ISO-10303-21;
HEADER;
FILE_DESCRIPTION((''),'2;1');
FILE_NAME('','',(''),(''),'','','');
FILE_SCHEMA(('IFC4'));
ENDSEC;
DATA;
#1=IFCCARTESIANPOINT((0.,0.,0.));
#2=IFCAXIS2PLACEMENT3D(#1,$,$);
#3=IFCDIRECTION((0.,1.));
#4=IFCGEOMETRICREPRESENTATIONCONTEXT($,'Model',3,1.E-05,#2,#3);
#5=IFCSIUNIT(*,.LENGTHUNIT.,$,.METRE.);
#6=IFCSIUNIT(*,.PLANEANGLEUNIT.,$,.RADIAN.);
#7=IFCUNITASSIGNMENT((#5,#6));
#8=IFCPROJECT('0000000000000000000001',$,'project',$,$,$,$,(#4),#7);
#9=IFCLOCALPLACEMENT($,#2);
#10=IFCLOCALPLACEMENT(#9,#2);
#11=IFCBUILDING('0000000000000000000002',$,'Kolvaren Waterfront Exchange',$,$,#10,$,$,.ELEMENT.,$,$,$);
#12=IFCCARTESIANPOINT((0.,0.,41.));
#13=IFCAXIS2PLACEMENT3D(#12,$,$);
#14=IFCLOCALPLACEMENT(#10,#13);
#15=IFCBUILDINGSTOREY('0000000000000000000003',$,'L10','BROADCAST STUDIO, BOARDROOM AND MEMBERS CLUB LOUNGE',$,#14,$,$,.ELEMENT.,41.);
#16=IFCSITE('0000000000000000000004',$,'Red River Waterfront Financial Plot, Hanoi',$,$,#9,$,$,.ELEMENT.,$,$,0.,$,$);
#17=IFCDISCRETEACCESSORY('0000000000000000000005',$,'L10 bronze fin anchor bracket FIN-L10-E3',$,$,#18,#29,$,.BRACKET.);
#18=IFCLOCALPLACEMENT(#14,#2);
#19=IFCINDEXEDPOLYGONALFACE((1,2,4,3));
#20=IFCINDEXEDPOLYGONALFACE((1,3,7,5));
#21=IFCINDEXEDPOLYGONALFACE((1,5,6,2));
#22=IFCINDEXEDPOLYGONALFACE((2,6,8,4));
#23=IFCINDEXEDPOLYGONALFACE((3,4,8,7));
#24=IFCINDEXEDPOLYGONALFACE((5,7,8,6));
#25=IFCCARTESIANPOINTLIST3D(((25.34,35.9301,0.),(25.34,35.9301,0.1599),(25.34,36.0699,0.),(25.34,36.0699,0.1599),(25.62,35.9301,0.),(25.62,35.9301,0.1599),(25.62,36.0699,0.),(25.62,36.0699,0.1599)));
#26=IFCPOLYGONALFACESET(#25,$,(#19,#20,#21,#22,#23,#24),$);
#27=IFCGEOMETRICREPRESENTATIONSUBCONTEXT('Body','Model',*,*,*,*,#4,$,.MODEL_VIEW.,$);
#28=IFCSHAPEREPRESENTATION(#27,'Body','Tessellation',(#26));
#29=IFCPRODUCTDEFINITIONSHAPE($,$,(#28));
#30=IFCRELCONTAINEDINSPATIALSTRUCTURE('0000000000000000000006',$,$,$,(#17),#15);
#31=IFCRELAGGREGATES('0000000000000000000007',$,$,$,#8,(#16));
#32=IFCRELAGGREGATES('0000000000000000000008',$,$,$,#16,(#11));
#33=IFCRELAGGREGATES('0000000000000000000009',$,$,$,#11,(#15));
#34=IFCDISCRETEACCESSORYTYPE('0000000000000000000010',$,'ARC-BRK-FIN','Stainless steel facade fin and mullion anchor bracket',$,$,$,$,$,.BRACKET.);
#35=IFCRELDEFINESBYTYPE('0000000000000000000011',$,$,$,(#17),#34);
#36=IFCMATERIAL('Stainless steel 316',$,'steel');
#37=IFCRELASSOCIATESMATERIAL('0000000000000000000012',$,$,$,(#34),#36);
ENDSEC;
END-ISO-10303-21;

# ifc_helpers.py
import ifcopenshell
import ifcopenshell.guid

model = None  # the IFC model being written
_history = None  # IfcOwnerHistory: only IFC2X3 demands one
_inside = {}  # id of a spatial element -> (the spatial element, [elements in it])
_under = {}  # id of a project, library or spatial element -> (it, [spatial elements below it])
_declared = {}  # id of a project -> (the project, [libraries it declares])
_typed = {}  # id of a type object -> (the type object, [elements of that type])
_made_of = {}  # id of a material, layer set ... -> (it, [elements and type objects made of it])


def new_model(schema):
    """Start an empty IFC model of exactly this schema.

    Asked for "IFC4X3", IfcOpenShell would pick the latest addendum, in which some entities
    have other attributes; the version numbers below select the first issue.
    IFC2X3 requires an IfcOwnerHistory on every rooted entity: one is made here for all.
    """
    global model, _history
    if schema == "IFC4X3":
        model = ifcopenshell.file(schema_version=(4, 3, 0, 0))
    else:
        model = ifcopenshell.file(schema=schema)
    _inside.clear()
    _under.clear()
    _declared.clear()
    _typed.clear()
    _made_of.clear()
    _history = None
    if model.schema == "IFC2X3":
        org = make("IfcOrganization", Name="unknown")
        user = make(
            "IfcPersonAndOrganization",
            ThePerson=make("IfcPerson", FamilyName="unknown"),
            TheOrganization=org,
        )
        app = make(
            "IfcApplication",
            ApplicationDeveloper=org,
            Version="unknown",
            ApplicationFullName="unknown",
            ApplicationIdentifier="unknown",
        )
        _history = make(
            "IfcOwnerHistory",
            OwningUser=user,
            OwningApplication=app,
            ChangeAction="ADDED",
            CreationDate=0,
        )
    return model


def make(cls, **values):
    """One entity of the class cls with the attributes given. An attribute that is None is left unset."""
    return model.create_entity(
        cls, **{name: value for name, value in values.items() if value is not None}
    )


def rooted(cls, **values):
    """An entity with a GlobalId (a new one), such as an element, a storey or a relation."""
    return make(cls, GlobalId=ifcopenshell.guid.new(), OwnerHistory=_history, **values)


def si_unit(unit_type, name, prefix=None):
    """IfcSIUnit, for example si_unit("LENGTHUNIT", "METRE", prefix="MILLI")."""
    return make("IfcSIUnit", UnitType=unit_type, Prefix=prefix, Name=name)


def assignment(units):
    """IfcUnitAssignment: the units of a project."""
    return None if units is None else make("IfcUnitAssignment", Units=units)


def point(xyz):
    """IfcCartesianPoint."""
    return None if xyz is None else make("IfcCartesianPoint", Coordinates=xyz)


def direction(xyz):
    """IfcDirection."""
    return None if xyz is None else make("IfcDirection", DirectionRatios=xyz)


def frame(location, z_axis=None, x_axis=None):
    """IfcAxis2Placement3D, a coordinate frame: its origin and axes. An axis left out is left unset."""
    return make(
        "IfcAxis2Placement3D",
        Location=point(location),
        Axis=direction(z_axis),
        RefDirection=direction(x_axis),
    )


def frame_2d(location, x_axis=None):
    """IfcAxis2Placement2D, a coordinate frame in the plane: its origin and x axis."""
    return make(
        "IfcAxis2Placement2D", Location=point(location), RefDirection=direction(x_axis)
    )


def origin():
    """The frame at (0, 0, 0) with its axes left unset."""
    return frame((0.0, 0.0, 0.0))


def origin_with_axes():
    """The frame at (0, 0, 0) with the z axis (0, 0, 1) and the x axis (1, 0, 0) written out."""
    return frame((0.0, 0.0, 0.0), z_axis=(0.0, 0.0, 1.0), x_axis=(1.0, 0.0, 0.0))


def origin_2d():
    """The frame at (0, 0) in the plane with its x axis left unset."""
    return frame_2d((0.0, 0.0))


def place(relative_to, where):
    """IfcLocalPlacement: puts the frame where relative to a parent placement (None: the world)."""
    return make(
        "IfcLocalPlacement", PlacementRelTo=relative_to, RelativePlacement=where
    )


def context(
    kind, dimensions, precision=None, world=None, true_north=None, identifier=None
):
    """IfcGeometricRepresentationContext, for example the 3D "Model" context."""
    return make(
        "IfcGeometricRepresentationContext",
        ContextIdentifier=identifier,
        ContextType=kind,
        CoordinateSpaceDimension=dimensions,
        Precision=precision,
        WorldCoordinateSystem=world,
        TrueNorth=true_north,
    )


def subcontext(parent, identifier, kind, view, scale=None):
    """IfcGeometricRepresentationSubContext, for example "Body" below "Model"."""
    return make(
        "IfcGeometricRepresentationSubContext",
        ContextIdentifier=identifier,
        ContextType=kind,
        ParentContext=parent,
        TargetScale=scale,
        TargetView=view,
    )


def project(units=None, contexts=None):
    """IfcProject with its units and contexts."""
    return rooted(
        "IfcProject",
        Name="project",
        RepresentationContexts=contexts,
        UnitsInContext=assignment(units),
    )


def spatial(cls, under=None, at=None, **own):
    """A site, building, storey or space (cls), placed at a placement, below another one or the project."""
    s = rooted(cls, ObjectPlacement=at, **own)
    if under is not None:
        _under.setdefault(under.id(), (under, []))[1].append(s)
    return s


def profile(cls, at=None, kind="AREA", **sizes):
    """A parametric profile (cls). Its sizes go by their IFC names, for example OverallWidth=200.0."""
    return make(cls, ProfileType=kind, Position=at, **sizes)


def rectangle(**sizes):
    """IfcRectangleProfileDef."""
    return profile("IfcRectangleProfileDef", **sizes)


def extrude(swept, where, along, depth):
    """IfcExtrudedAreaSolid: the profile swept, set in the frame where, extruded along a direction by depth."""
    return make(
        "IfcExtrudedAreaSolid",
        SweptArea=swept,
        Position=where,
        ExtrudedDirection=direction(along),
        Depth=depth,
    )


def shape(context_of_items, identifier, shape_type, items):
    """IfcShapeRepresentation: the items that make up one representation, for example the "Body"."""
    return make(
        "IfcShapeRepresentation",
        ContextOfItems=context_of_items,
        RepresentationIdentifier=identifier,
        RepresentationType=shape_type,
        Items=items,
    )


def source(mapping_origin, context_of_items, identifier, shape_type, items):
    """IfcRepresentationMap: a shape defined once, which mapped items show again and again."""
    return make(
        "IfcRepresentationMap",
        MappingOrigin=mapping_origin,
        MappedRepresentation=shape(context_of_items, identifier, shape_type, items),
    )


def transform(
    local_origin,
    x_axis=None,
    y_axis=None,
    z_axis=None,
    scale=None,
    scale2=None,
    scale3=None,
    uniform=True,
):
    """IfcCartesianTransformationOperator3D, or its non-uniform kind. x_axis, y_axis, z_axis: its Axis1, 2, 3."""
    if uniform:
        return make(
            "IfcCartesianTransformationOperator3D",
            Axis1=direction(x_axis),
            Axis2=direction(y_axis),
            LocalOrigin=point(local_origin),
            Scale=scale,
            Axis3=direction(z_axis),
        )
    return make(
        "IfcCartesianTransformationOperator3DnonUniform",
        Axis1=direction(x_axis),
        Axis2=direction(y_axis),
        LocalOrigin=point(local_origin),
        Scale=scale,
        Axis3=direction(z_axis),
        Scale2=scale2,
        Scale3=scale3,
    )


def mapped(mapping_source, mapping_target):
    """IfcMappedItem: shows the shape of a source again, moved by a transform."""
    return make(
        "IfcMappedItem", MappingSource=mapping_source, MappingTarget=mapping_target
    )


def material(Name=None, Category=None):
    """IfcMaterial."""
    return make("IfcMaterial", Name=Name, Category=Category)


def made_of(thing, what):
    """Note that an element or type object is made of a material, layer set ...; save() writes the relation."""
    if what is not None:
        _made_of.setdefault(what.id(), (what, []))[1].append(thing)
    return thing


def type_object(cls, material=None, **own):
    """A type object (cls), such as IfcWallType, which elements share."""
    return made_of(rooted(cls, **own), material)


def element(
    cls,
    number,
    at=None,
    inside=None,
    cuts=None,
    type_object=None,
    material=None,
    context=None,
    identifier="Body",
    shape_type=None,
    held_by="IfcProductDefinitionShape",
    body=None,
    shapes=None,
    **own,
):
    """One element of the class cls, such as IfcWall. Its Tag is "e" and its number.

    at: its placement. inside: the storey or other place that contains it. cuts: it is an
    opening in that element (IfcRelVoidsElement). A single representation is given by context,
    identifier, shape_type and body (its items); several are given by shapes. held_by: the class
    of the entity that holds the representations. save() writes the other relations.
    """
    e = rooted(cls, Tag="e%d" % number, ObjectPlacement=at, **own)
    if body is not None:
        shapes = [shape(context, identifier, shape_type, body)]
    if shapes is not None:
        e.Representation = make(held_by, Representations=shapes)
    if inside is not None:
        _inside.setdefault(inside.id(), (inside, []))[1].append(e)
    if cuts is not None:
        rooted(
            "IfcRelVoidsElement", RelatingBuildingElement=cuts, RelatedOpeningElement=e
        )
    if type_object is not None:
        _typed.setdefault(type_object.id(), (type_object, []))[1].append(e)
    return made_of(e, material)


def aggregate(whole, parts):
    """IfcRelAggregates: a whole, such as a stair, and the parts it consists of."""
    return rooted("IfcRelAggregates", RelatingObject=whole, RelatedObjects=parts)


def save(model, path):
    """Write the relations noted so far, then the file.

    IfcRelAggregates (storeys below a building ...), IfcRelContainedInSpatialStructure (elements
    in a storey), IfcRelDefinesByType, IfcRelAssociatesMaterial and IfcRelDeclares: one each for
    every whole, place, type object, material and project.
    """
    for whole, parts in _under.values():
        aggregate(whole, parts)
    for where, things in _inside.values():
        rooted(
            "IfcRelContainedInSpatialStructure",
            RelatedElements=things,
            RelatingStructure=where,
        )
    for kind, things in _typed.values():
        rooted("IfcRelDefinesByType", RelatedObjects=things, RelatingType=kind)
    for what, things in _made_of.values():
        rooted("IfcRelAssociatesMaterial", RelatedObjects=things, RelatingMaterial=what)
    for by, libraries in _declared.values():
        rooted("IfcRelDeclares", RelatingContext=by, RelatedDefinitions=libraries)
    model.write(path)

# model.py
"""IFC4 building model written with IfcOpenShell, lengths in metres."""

from ifc_helpers import new_model, si_unit, direction, frame, origin, origin_with_axes, origin_2d, place, context, subcontext, project, spatial, rectangle, extrude, source, transform, mapped, material, type_object, element, save


model = new_model("IFC4")

# Units and contexts
model_context = context("Model", 3, precision=1e-05, world=origin(), true_north=direction((0.0, 1.0)))
body_context = subcontext(model_context, "Body", "Model", "MODEL_VIEW")
ifc_project = project(units=[si_unit("LENGTHUNIT", "METRE"), si_unit("PLANEANGLEUNIT", "RADIAN")], contexts=[model_context])

# Site, building, storey
site_placement = place(None, origin())
site = spatial("IfcSite", under=ifc_project, at=site_placement, Name="Red River Waterfront Financial Plot, Hanoi", CompositionType="ELEMENT", RefElevation=0.0)
building_placement = place(site_placement, origin())
building = spatial("IfcBuilding", under=site, at=building_placement, Name="Kolvaren Waterfront Exchange", CompositionType="ELEMENT")
storey_placement = place(building_placement, frame((0.0, 0.0, 41.0)))
storey = spatial("IfcBuildingStorey", under=building, at=storey_placement, Name="L10", Description="BROADCAST STUDIO, BOARDROOM AND MEMBERS CLUB LOUNGE", CompositionType="ELEMENT", Elevation=41.0)

# Discrete accessory
ifc_material_1 = material(Name="Stainless steel 316", Category="steel")
discrete_accessory_type = type_object("IfcDiscreteAccessoryType", Name="ARC-BRK-FIN", Description="Stainless steel facade fin and mullion anchor bracket", PredefinedType="BRACKET", material=ifc_material_1)
shared_shape_1 = source(origin_with_axes(), body_context, "Body", "SweptSolid", [
    extrude(rectangle(XDim=0.28, YDim=0.1399, at=origin_2d()), origin(), (0.0, 0.0, 1.0), 0.1599),
])
discrete_accessory_placement = place(storey_placement, frame((25.48, 36.0, 0.0), z_axis=(0.0, 0.0, 1.0), x_axis=(1.0, 0.0, 0.0)))
element("IfcDiscreteAccessory", 1, at=discrete_accessory_placement, inside=storey, type_object=discrete_accessory_type, Name="L10 bronze fin anchor bracket FIN-L10-E3", PredefinedType="BRACKET", context=body_context, shape_type="MappedRepresentation", body=[
    mapped(shared_shape_1, transform((0.0, 0.0, 0.0), x_axis=(1.0, 0.0, 0.0), y_axis=(0.0, 1.0, 0.0), z_axis=(0.0, 0.0, 1.0), scale=1.0)),
])

save(model, "model.ifc")
